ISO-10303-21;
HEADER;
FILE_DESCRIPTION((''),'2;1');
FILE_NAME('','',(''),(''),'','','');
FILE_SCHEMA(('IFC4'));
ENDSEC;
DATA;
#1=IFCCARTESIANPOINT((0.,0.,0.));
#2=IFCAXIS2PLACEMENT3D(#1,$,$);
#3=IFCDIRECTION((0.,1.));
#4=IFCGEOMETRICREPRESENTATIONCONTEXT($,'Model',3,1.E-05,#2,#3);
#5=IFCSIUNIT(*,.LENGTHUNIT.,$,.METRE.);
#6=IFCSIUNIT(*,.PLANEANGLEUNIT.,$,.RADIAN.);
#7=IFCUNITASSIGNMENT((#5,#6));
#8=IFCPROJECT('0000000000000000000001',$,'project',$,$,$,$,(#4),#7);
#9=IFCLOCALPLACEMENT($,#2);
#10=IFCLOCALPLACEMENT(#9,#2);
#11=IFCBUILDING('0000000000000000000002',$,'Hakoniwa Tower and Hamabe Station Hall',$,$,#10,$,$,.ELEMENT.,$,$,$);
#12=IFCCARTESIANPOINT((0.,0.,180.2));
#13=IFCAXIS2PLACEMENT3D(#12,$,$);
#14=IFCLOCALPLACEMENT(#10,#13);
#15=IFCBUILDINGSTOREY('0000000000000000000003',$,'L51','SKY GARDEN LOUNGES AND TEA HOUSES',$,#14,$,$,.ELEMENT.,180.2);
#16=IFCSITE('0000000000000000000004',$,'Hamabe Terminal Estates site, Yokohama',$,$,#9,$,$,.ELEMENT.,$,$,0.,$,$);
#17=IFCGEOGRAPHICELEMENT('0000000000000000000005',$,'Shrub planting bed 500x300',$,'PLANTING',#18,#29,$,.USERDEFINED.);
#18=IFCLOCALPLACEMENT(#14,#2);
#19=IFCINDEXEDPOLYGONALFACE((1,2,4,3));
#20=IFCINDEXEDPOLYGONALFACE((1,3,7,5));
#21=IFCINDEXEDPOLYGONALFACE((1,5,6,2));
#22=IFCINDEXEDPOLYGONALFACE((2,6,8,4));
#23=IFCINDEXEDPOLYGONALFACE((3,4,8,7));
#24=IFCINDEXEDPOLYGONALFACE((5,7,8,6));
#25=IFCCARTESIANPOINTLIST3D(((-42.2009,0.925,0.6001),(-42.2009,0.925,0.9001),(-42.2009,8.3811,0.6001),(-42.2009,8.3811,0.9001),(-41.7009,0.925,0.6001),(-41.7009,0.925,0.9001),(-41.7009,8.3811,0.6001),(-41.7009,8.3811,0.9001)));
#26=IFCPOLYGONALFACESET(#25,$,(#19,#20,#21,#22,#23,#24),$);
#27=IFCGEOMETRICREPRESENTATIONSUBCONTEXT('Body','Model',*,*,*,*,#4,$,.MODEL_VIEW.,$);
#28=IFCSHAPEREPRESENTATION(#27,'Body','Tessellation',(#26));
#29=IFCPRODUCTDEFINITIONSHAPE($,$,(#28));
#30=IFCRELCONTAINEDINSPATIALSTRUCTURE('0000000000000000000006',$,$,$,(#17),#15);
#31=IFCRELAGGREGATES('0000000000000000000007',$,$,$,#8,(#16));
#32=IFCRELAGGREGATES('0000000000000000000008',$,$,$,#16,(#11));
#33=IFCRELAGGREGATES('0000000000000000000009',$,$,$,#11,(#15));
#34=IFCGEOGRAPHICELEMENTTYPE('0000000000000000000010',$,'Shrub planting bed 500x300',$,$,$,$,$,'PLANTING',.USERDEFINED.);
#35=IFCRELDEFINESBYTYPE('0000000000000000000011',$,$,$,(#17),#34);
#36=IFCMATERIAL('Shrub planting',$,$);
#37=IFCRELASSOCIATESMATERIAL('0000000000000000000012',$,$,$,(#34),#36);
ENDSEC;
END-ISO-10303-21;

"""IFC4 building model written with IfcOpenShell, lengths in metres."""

from ifc_helpers import new_model, si_unit, direction, frame, origin, origin_2d, place, context, subcontext, project, spatial, rectangle, extrude, material, type_object, element, save


model = new_model("IFC4")

# Units and contexts
model_context = context("Model", 3, precision=1e-05, world=origin(), true_north=direction((0.0, 1.0)))
body_context = subcontext(model_context, "Body", "Model", "MODEL_VIEW")
ifc_project = project(units=[si_unit("LENGTHUNIT", "METRE"), si_unit("PLANEANGLEUNIT", "RADIAN")], contexts=[model_context])

# Site, building, storey
site_placement = place(None, origin())
site = spatial("IfcSite", under=ifc_project, at=site_placement, Name="Hamabe Terminal Estates site, Yokohama", CompositionType="ELEMENT", RefElevation=0.0)
building_placement = place(site_placement, origin())
building = spatial("IfcBuilding", under=site, at=building_placement, Name="Hakoniwa Tower and Hamabe Station Hall", CompositionType="ELEMENT")
storey_placement = place(building_placement, frame((0.0, 0.0, 180.2)))
storey = spatial("IfcBuildingStorey", under=building, at=storey_placement, Name="L51", Description="SKY GARDEN LOUNGES AND TEA HOUSES", CompositionType="ELEMENT", Elevation=180.2)

# Geographic element
ifc_material_1 = material(Name="Shrub planting")
geographic_element_type = type_object("IfcGeographicElementType", Name="Shrub planting bed 500x300", ElementType="PLANTING", PredefinedType="USERDEFINED", material=ifc_material_1)
geographic_element_placement = place(storey_placement, frame((-41.9509, 4.6531, 0.6001), z_axis=(0.0, 0.0, 1.0), x_axis=(0.0, -1.0, 0.0)))
element("IfcGeographicElement", 1, at=geographic_element_placement, inside=storey, type_object=geographic_element_type, Name="Shrub planting bed 500x300", ObjectType="PLANTING", PredefinedType="USERDEFINED", context=body_context, shape_type="SweptSolid", body=[
    extrude(rectangle(XDim=7.4561, YDim=0.5, at=origin_2d()), origin(), (0.0, 0.0, 1.0), 0.3),
])

save(model, "model.ifc")
